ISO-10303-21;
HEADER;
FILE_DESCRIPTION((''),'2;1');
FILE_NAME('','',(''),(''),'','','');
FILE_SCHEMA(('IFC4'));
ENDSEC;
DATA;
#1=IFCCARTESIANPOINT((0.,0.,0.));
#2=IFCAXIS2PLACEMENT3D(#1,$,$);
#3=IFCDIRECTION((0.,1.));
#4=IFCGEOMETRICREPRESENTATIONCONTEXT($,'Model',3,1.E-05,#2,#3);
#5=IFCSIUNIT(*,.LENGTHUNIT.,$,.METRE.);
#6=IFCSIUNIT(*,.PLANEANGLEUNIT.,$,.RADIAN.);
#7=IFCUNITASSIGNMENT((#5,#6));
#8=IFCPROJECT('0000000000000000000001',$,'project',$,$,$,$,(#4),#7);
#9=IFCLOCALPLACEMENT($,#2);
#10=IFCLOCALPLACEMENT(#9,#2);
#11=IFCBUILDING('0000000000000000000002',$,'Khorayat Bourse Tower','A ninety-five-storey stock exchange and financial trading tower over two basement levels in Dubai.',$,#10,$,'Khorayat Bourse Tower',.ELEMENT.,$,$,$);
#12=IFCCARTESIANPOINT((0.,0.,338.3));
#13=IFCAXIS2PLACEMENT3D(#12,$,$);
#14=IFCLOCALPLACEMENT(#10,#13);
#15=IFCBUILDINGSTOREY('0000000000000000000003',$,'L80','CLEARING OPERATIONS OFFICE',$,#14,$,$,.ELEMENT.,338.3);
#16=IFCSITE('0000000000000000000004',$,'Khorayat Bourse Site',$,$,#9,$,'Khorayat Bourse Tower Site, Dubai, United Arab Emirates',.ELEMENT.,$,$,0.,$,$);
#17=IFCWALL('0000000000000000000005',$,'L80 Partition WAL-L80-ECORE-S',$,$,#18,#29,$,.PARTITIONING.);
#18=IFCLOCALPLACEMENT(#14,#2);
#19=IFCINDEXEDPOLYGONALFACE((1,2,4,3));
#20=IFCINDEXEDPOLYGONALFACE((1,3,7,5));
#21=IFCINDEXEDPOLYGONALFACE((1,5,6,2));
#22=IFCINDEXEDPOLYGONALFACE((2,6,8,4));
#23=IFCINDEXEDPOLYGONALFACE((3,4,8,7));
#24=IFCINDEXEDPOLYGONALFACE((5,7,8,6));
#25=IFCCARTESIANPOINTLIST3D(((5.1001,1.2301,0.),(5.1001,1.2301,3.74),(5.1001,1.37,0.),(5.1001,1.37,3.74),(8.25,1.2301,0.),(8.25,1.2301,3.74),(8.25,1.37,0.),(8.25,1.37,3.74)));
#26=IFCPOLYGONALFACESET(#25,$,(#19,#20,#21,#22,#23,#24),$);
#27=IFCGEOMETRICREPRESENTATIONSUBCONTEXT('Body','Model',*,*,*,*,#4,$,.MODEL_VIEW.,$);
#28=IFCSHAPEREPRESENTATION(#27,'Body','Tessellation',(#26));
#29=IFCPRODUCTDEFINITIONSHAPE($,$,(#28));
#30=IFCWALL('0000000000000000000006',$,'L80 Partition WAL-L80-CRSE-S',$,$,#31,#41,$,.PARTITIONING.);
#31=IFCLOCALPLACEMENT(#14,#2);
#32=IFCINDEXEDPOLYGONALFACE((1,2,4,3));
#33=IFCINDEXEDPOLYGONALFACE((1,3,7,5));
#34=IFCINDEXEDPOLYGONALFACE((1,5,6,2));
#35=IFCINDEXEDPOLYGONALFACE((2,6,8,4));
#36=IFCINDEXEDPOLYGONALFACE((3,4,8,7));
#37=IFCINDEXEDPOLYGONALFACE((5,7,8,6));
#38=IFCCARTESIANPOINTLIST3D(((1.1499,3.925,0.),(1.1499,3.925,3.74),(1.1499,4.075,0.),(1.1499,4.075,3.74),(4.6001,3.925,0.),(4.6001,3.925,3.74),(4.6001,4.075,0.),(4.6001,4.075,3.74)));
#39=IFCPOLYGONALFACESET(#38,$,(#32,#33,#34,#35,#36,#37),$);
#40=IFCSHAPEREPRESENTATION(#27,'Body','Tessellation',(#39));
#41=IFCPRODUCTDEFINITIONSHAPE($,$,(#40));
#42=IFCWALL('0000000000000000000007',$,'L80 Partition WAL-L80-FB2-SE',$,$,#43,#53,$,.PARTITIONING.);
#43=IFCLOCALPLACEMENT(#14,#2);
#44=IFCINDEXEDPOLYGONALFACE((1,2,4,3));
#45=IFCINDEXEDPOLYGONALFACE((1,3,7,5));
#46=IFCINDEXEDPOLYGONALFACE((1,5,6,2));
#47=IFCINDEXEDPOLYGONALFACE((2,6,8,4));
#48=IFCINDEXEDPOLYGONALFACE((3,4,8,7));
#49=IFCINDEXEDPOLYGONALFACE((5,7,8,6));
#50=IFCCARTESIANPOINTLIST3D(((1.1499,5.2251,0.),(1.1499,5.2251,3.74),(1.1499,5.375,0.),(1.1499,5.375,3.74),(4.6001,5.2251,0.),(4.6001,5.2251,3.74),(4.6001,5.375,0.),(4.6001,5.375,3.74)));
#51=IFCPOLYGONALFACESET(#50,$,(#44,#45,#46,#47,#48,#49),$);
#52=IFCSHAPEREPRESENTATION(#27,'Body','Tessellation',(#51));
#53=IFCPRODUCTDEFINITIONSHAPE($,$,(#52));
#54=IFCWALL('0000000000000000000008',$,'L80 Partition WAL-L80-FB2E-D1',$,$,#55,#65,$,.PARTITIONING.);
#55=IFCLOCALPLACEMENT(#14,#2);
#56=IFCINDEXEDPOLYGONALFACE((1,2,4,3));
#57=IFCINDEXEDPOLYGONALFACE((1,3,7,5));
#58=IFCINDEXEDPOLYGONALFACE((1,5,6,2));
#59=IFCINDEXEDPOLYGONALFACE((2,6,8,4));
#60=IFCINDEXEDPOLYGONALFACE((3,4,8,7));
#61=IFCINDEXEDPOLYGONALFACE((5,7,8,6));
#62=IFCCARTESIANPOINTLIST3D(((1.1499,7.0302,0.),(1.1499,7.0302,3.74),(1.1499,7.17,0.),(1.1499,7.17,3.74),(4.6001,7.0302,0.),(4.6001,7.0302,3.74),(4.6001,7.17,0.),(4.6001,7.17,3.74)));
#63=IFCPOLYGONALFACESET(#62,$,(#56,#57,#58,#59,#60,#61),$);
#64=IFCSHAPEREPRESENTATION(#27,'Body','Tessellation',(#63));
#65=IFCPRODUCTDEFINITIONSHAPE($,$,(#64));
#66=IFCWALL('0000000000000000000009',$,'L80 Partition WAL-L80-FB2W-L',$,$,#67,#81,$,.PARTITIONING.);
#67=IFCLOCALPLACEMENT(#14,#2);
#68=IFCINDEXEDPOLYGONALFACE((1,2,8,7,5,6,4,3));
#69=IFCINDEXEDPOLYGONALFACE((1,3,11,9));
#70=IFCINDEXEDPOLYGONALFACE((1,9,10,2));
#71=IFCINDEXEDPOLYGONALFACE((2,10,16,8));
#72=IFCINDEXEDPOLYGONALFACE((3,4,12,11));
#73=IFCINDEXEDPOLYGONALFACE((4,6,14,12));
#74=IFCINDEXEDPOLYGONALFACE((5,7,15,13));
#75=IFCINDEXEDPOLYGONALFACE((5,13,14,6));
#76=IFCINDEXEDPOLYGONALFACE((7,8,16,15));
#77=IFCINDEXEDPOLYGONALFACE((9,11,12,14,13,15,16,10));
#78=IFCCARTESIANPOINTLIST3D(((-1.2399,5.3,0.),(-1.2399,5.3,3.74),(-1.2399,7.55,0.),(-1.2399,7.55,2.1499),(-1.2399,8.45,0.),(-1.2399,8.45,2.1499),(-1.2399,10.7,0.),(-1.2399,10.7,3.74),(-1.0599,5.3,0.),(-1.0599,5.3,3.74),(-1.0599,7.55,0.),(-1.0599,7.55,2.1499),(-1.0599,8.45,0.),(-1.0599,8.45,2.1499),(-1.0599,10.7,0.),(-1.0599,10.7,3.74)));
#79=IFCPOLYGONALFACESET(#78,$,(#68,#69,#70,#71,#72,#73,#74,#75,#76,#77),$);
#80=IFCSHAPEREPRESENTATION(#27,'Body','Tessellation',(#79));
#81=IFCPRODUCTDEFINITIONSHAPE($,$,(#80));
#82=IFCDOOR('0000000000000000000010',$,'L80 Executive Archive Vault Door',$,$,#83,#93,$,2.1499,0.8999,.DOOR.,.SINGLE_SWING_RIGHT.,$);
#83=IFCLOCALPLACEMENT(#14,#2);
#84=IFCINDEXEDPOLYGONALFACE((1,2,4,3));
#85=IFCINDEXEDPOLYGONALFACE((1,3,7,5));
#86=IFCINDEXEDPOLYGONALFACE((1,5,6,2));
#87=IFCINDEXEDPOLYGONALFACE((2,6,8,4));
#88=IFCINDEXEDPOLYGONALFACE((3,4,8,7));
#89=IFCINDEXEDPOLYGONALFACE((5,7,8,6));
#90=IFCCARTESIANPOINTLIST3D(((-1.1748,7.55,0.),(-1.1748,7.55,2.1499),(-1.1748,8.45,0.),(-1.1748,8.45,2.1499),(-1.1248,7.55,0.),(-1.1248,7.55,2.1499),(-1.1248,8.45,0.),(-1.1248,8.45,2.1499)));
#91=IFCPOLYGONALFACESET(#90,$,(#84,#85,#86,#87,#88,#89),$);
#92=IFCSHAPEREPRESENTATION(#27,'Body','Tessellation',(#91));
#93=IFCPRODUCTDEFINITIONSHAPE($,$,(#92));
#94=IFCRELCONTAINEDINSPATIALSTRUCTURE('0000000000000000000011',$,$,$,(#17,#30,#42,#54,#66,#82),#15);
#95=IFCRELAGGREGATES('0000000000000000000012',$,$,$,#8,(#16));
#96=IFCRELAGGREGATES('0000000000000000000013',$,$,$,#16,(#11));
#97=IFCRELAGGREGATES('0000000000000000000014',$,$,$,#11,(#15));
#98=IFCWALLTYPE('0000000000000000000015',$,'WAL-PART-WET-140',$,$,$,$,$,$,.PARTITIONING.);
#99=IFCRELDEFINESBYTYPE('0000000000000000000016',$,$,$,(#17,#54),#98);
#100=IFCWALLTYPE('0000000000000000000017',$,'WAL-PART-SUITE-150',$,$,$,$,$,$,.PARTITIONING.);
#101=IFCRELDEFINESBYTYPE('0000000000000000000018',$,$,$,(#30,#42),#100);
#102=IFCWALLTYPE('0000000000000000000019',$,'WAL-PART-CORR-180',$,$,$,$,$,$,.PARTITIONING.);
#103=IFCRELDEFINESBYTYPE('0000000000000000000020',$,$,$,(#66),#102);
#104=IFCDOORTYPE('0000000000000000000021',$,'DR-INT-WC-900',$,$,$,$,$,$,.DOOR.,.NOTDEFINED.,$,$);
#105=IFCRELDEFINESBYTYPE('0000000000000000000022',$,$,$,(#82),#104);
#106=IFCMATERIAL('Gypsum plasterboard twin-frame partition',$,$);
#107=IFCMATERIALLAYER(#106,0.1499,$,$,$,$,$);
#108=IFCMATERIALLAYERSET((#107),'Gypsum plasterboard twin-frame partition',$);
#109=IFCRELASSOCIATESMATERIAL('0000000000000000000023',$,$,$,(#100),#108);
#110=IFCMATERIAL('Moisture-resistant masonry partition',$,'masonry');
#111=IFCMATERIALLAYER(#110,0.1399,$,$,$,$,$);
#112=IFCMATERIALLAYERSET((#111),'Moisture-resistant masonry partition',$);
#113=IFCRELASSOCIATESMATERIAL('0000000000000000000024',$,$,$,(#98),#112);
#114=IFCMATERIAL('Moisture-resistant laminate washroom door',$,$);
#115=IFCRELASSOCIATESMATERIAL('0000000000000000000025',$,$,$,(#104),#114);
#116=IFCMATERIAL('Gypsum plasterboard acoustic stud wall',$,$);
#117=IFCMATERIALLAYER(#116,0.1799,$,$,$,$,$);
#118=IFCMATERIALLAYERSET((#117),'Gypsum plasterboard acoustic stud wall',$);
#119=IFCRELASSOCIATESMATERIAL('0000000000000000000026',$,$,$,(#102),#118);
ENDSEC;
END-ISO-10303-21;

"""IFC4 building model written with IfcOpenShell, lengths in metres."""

from ifc_helpers import new_model, si_unit, direction, frame, frame_2d, origin, place, context, subcontext, project, spatial, rectangle, extrude, source, transform, mapped, material, layer, layer_set, type_object, element, fill, save


model = new_model("IFC4")

# Units and contexts
model_context = context("Model", 3, precision=1e-05, world=origin(), true_north=direction((0.0, 1.0)))
body_context = subcontext(model_context, "Body", "Model", "MODEL_VIEW")
ifc_project = project(units=[si_unit("LENGTHUNIT", "METRE"), si_unit("PLANEANGLEUNIT", "RADIAN")], contexts=[model_context])

# Site, building, storey
site_placement = place(None, origin())
site = spatial("IfcSite", under=ifc_project, at=site_placement, Name="Khorayat Bourse Site", LongName="Khorayat Bourse Tower Site, Dubai, United Arab Emirates", CompositionType="ELEMENT", RefElevation=0.0)
building_placement = place(site_placement, origin())
building = spatial("IfcBuilding", under=site, at=building_placement, Name="Khorayat Bourse Tower", Description="A ninety-five-storey stock exchange and financial trading tower over two basement levels in Dubai.", LongName="Khorayat Bourse Tower", CompositionType="ELEMENT")
storey_placement = place(building_placement, frame((0.0, 0.0, 338.3)))
storey = spatial("IfcBuildingStorey", under=building, at=storey_placement, Name="L80", Description="CLEARING OPERATIONS OFFICE", CompositionType="ELEMENT", Elevation=338.3)

# Wall
ifc_material_1 = material(Name="Gypsum plasterboard twin-frame partition")
ifc_layer_1 = layer(ifc_material_1, 0.1499)
ifc_layer_set_1 = layer_set([ifc_layer_1], Name="Gypsum plasterboard twin-frame partition")
wall_type_1 = type_object("IfcWallType", Name="WAL-PART-SUITE-150", PredefinedType="PARTITIONING", material=ifc_layer_set_1)
ifc_material_2 = material(Name="Moisture-resistant masonry partition", Category="masonry")
ifc_layer_2 = layer(ifc_material_2, 0.1399)
ifc_layer_set_2 = layer_set([ifc_layer_2], Name="Moisture-resistant masonry partition")
wall_type_2 = type_object("IfcWallType", Name="WAL-PART-WET-140", PredefinedType="PARTITIONING", material=ifc_layer_set_2)
shared_shape_1 = source(origin(), body_context, "Body", "SweptSolid", [
    extrude(rectangle(XDim=3.1499, YDim=0.1399, at=frame_2d((1.575, 0.0))), origin(), (0.0, 0.0, 1.0), 3.74),
])
wall_1_placement = place(storey_placement, frame((5.1001, 1.3, 0.0), z_axis=(0.0, 0.0, 1.0), x_axis=(1.0, 0.0, 0.0)))
element("IfcWall", 1, at=wall_1_placement, inside=storey, type_object=wall_type_2, Name="L80 Partition WAL-L80-ECORE-S", PredefinedType="PARTITIONING", context=body_context, shape_type="MappedRepresentation", body=[
    mapped(shared_shape_1, transform((0.0, 0.0, 0.0), scale=1.0)),
])

# Shared definitions
ifc_material_3 = material(Name="Moisture-resistant laminate washroom door")
door_type = type_object("IfcDoorType", Name="DR-INT-WC-900", OperationType="NOTDEFINED", PredefinedType="DOOR", material=ifc_material_3)
shared_shape_2 = source(origin(), body_context, "Body", "SweptSolid", [
    extrude(rectangle(XDim=0.8999, YDim=2.1499, at=frame_2d((0.45, 1.075))), frame((0.0, 0.0249, 0.0), z_axis=(0.0, -1.0, 0.0), x_axis=(1.0, 0.0, 0.0)), (0.0, 0.0, 1.0), 0.05),
])

# Walls
shared_shape_3 = source(origin(), body_context, "Body", "SweptSolid", [
    extrude(rectangle(XDim=3.4502, YDim=0.1499, at=frame_2d((1.7251, 0.0))), origin(), (0.0, 0.0, 1.0), 3.74),
])
for number, where, z_axis, x_axis, name in (
    (2, (1.1499, 4.0, 0.0), (0.0, 0.0, 1.0), (1.0, 0.0, 0.0), "L80 Partition WAL-L80-CRSE-S"),
    (3, (1.1499, 5.3, 0.0), (0.0, 0.0, 1.0), (1.0, 0.0, 0.0), "L80 Partition WAL-L80-FB2-SE"),
):
    element("IfcWall", number, at=place(storey_placement, frame(where, z_axis=z_axis, x_axis=x_axis)), inside=storey, type_object=wall_type_1, Name=name, PredefinedType="PARTITIONING", context=body_context, shape_type="MappedRepresentation", body=[
        mapped(shared_shape_3, transform((0.0, 0.0, 0.0), scale=1.0)),
    ])
shared_shape_4 = source(origin(), body_context, "Body", "SweptSolid", [
    extrude(rectangle(XDim=3.4502, YDim=0.1399, at=frame_2d((1.7251, 0.0))), origin(), (0.0, 0.0, 1.0), 3.74),
])
wall_2_placement = place(storey_placement, frame((1.1499, 7.1001, 0.0), z_axis=(0.0, 0.0, 1.0), x_axis=(1.0, 0.0, 0.0)))
element("IfcWall", 4, at=wall_2_placement, inside=storey, type_object=wall_type_2, Name="L80 Partition WAL-L80-FB2E-D1", PredefinedType="PARTITIONING", context=body_context, shape_type="MappedRepresentation", body=[
    mapped(shared_shape_4, transform((0.0, 0.0, 0.0), scale=1.0)),
])

# Wall, opening, door
ifc_material_4 = material(Name="Gypsum plasterboard acoustic stud wall")
ifc_layer_3 = layer(ifc_material_4, 0.1799)
ifc_layer_set_3 = layer_set([ifc_layer_3], Name="Gypsum plasterboard acoustic stud wall")
wall_type_3 = type_object("IfcWallType", Name="WAL-PART-CORR-180", PredefinedType="PARTITIONING", material=ifc_layer_set_3)
shared_shape_5 = source(origin(), body_context, "Body", "SweptSolid", [
    extrude(rectangle(XDim=5.3999, YDim=0.1799, at=frame_2d((2.7, 0.0))), origin(), (0.0, 0.0, 1.0), 3.74),
])
wall_3_placement = place(storey_placement, frame((-1.1499, 5.3, 0.0), z_axis=(0.0, 0.0, 1.0), x_axis=(0.0, 1.0, 0.0)))
wall_3 = element("IfcWall", 5, at=wall_3_placement, inside=storey, type_object=wall_type_3, Name="L80 Partition WAL-L80-FB2W-L", PredefinedType="PARTITIONING", context=body_context, shape_type="MappedRepresentation", body=[
    mapped(shared_shape_5, transform((0.0, 0.0, 0.0), scale=1.0)),
])
shared_shape_6 = source(origin(), body_context, "Body", "SweptSolid", [
    extrude(rectangle(XDim=0.8999, YDim=2.1499, at=frame_2d((0.45, 1.075))), frame((0.0, 0.0999, 0.0), z_axis=(0.0, -1.0, 0.0), x_axis=(1.0, 0.0, 0.0)), (0.0, 0.0, 1.0), 0.2),
])
opening_1_placement = place(wall_3_placement, frame((2.25, 0.0, 0.0)))
opening_1 = element("IfcOpeningElement", 6, at=opening_1_placement, cuts=wall_3, PredefinedType="OPENING", context=body_context, shape_type="MappedRepresentation", body=[
    mapped(shared_shape_6, transform((0.0, 0.0, 0.0), scale=1.0)),
])
door_1_placement = place(opening_1_placement, origin())
door_1 = element("IfcDoor", 7, at=door_1_placement, inside=storey, type_object=door_type, Name="L80 Executive Archive Vault Door", OperationType="SINGLE_SWING_RIGHT", OverallHeight=2.1499, OverallWidth=0.8999, PredefinedType="DOOR", context=body_context, shape_type="MappedRepresentation", body=[
    mapped(shared_shape_2, transform((0.0, 0.0, 0.0), scale=1.0)),
])
fill(opening_1, door_1)

save(model, "model.ifc")
